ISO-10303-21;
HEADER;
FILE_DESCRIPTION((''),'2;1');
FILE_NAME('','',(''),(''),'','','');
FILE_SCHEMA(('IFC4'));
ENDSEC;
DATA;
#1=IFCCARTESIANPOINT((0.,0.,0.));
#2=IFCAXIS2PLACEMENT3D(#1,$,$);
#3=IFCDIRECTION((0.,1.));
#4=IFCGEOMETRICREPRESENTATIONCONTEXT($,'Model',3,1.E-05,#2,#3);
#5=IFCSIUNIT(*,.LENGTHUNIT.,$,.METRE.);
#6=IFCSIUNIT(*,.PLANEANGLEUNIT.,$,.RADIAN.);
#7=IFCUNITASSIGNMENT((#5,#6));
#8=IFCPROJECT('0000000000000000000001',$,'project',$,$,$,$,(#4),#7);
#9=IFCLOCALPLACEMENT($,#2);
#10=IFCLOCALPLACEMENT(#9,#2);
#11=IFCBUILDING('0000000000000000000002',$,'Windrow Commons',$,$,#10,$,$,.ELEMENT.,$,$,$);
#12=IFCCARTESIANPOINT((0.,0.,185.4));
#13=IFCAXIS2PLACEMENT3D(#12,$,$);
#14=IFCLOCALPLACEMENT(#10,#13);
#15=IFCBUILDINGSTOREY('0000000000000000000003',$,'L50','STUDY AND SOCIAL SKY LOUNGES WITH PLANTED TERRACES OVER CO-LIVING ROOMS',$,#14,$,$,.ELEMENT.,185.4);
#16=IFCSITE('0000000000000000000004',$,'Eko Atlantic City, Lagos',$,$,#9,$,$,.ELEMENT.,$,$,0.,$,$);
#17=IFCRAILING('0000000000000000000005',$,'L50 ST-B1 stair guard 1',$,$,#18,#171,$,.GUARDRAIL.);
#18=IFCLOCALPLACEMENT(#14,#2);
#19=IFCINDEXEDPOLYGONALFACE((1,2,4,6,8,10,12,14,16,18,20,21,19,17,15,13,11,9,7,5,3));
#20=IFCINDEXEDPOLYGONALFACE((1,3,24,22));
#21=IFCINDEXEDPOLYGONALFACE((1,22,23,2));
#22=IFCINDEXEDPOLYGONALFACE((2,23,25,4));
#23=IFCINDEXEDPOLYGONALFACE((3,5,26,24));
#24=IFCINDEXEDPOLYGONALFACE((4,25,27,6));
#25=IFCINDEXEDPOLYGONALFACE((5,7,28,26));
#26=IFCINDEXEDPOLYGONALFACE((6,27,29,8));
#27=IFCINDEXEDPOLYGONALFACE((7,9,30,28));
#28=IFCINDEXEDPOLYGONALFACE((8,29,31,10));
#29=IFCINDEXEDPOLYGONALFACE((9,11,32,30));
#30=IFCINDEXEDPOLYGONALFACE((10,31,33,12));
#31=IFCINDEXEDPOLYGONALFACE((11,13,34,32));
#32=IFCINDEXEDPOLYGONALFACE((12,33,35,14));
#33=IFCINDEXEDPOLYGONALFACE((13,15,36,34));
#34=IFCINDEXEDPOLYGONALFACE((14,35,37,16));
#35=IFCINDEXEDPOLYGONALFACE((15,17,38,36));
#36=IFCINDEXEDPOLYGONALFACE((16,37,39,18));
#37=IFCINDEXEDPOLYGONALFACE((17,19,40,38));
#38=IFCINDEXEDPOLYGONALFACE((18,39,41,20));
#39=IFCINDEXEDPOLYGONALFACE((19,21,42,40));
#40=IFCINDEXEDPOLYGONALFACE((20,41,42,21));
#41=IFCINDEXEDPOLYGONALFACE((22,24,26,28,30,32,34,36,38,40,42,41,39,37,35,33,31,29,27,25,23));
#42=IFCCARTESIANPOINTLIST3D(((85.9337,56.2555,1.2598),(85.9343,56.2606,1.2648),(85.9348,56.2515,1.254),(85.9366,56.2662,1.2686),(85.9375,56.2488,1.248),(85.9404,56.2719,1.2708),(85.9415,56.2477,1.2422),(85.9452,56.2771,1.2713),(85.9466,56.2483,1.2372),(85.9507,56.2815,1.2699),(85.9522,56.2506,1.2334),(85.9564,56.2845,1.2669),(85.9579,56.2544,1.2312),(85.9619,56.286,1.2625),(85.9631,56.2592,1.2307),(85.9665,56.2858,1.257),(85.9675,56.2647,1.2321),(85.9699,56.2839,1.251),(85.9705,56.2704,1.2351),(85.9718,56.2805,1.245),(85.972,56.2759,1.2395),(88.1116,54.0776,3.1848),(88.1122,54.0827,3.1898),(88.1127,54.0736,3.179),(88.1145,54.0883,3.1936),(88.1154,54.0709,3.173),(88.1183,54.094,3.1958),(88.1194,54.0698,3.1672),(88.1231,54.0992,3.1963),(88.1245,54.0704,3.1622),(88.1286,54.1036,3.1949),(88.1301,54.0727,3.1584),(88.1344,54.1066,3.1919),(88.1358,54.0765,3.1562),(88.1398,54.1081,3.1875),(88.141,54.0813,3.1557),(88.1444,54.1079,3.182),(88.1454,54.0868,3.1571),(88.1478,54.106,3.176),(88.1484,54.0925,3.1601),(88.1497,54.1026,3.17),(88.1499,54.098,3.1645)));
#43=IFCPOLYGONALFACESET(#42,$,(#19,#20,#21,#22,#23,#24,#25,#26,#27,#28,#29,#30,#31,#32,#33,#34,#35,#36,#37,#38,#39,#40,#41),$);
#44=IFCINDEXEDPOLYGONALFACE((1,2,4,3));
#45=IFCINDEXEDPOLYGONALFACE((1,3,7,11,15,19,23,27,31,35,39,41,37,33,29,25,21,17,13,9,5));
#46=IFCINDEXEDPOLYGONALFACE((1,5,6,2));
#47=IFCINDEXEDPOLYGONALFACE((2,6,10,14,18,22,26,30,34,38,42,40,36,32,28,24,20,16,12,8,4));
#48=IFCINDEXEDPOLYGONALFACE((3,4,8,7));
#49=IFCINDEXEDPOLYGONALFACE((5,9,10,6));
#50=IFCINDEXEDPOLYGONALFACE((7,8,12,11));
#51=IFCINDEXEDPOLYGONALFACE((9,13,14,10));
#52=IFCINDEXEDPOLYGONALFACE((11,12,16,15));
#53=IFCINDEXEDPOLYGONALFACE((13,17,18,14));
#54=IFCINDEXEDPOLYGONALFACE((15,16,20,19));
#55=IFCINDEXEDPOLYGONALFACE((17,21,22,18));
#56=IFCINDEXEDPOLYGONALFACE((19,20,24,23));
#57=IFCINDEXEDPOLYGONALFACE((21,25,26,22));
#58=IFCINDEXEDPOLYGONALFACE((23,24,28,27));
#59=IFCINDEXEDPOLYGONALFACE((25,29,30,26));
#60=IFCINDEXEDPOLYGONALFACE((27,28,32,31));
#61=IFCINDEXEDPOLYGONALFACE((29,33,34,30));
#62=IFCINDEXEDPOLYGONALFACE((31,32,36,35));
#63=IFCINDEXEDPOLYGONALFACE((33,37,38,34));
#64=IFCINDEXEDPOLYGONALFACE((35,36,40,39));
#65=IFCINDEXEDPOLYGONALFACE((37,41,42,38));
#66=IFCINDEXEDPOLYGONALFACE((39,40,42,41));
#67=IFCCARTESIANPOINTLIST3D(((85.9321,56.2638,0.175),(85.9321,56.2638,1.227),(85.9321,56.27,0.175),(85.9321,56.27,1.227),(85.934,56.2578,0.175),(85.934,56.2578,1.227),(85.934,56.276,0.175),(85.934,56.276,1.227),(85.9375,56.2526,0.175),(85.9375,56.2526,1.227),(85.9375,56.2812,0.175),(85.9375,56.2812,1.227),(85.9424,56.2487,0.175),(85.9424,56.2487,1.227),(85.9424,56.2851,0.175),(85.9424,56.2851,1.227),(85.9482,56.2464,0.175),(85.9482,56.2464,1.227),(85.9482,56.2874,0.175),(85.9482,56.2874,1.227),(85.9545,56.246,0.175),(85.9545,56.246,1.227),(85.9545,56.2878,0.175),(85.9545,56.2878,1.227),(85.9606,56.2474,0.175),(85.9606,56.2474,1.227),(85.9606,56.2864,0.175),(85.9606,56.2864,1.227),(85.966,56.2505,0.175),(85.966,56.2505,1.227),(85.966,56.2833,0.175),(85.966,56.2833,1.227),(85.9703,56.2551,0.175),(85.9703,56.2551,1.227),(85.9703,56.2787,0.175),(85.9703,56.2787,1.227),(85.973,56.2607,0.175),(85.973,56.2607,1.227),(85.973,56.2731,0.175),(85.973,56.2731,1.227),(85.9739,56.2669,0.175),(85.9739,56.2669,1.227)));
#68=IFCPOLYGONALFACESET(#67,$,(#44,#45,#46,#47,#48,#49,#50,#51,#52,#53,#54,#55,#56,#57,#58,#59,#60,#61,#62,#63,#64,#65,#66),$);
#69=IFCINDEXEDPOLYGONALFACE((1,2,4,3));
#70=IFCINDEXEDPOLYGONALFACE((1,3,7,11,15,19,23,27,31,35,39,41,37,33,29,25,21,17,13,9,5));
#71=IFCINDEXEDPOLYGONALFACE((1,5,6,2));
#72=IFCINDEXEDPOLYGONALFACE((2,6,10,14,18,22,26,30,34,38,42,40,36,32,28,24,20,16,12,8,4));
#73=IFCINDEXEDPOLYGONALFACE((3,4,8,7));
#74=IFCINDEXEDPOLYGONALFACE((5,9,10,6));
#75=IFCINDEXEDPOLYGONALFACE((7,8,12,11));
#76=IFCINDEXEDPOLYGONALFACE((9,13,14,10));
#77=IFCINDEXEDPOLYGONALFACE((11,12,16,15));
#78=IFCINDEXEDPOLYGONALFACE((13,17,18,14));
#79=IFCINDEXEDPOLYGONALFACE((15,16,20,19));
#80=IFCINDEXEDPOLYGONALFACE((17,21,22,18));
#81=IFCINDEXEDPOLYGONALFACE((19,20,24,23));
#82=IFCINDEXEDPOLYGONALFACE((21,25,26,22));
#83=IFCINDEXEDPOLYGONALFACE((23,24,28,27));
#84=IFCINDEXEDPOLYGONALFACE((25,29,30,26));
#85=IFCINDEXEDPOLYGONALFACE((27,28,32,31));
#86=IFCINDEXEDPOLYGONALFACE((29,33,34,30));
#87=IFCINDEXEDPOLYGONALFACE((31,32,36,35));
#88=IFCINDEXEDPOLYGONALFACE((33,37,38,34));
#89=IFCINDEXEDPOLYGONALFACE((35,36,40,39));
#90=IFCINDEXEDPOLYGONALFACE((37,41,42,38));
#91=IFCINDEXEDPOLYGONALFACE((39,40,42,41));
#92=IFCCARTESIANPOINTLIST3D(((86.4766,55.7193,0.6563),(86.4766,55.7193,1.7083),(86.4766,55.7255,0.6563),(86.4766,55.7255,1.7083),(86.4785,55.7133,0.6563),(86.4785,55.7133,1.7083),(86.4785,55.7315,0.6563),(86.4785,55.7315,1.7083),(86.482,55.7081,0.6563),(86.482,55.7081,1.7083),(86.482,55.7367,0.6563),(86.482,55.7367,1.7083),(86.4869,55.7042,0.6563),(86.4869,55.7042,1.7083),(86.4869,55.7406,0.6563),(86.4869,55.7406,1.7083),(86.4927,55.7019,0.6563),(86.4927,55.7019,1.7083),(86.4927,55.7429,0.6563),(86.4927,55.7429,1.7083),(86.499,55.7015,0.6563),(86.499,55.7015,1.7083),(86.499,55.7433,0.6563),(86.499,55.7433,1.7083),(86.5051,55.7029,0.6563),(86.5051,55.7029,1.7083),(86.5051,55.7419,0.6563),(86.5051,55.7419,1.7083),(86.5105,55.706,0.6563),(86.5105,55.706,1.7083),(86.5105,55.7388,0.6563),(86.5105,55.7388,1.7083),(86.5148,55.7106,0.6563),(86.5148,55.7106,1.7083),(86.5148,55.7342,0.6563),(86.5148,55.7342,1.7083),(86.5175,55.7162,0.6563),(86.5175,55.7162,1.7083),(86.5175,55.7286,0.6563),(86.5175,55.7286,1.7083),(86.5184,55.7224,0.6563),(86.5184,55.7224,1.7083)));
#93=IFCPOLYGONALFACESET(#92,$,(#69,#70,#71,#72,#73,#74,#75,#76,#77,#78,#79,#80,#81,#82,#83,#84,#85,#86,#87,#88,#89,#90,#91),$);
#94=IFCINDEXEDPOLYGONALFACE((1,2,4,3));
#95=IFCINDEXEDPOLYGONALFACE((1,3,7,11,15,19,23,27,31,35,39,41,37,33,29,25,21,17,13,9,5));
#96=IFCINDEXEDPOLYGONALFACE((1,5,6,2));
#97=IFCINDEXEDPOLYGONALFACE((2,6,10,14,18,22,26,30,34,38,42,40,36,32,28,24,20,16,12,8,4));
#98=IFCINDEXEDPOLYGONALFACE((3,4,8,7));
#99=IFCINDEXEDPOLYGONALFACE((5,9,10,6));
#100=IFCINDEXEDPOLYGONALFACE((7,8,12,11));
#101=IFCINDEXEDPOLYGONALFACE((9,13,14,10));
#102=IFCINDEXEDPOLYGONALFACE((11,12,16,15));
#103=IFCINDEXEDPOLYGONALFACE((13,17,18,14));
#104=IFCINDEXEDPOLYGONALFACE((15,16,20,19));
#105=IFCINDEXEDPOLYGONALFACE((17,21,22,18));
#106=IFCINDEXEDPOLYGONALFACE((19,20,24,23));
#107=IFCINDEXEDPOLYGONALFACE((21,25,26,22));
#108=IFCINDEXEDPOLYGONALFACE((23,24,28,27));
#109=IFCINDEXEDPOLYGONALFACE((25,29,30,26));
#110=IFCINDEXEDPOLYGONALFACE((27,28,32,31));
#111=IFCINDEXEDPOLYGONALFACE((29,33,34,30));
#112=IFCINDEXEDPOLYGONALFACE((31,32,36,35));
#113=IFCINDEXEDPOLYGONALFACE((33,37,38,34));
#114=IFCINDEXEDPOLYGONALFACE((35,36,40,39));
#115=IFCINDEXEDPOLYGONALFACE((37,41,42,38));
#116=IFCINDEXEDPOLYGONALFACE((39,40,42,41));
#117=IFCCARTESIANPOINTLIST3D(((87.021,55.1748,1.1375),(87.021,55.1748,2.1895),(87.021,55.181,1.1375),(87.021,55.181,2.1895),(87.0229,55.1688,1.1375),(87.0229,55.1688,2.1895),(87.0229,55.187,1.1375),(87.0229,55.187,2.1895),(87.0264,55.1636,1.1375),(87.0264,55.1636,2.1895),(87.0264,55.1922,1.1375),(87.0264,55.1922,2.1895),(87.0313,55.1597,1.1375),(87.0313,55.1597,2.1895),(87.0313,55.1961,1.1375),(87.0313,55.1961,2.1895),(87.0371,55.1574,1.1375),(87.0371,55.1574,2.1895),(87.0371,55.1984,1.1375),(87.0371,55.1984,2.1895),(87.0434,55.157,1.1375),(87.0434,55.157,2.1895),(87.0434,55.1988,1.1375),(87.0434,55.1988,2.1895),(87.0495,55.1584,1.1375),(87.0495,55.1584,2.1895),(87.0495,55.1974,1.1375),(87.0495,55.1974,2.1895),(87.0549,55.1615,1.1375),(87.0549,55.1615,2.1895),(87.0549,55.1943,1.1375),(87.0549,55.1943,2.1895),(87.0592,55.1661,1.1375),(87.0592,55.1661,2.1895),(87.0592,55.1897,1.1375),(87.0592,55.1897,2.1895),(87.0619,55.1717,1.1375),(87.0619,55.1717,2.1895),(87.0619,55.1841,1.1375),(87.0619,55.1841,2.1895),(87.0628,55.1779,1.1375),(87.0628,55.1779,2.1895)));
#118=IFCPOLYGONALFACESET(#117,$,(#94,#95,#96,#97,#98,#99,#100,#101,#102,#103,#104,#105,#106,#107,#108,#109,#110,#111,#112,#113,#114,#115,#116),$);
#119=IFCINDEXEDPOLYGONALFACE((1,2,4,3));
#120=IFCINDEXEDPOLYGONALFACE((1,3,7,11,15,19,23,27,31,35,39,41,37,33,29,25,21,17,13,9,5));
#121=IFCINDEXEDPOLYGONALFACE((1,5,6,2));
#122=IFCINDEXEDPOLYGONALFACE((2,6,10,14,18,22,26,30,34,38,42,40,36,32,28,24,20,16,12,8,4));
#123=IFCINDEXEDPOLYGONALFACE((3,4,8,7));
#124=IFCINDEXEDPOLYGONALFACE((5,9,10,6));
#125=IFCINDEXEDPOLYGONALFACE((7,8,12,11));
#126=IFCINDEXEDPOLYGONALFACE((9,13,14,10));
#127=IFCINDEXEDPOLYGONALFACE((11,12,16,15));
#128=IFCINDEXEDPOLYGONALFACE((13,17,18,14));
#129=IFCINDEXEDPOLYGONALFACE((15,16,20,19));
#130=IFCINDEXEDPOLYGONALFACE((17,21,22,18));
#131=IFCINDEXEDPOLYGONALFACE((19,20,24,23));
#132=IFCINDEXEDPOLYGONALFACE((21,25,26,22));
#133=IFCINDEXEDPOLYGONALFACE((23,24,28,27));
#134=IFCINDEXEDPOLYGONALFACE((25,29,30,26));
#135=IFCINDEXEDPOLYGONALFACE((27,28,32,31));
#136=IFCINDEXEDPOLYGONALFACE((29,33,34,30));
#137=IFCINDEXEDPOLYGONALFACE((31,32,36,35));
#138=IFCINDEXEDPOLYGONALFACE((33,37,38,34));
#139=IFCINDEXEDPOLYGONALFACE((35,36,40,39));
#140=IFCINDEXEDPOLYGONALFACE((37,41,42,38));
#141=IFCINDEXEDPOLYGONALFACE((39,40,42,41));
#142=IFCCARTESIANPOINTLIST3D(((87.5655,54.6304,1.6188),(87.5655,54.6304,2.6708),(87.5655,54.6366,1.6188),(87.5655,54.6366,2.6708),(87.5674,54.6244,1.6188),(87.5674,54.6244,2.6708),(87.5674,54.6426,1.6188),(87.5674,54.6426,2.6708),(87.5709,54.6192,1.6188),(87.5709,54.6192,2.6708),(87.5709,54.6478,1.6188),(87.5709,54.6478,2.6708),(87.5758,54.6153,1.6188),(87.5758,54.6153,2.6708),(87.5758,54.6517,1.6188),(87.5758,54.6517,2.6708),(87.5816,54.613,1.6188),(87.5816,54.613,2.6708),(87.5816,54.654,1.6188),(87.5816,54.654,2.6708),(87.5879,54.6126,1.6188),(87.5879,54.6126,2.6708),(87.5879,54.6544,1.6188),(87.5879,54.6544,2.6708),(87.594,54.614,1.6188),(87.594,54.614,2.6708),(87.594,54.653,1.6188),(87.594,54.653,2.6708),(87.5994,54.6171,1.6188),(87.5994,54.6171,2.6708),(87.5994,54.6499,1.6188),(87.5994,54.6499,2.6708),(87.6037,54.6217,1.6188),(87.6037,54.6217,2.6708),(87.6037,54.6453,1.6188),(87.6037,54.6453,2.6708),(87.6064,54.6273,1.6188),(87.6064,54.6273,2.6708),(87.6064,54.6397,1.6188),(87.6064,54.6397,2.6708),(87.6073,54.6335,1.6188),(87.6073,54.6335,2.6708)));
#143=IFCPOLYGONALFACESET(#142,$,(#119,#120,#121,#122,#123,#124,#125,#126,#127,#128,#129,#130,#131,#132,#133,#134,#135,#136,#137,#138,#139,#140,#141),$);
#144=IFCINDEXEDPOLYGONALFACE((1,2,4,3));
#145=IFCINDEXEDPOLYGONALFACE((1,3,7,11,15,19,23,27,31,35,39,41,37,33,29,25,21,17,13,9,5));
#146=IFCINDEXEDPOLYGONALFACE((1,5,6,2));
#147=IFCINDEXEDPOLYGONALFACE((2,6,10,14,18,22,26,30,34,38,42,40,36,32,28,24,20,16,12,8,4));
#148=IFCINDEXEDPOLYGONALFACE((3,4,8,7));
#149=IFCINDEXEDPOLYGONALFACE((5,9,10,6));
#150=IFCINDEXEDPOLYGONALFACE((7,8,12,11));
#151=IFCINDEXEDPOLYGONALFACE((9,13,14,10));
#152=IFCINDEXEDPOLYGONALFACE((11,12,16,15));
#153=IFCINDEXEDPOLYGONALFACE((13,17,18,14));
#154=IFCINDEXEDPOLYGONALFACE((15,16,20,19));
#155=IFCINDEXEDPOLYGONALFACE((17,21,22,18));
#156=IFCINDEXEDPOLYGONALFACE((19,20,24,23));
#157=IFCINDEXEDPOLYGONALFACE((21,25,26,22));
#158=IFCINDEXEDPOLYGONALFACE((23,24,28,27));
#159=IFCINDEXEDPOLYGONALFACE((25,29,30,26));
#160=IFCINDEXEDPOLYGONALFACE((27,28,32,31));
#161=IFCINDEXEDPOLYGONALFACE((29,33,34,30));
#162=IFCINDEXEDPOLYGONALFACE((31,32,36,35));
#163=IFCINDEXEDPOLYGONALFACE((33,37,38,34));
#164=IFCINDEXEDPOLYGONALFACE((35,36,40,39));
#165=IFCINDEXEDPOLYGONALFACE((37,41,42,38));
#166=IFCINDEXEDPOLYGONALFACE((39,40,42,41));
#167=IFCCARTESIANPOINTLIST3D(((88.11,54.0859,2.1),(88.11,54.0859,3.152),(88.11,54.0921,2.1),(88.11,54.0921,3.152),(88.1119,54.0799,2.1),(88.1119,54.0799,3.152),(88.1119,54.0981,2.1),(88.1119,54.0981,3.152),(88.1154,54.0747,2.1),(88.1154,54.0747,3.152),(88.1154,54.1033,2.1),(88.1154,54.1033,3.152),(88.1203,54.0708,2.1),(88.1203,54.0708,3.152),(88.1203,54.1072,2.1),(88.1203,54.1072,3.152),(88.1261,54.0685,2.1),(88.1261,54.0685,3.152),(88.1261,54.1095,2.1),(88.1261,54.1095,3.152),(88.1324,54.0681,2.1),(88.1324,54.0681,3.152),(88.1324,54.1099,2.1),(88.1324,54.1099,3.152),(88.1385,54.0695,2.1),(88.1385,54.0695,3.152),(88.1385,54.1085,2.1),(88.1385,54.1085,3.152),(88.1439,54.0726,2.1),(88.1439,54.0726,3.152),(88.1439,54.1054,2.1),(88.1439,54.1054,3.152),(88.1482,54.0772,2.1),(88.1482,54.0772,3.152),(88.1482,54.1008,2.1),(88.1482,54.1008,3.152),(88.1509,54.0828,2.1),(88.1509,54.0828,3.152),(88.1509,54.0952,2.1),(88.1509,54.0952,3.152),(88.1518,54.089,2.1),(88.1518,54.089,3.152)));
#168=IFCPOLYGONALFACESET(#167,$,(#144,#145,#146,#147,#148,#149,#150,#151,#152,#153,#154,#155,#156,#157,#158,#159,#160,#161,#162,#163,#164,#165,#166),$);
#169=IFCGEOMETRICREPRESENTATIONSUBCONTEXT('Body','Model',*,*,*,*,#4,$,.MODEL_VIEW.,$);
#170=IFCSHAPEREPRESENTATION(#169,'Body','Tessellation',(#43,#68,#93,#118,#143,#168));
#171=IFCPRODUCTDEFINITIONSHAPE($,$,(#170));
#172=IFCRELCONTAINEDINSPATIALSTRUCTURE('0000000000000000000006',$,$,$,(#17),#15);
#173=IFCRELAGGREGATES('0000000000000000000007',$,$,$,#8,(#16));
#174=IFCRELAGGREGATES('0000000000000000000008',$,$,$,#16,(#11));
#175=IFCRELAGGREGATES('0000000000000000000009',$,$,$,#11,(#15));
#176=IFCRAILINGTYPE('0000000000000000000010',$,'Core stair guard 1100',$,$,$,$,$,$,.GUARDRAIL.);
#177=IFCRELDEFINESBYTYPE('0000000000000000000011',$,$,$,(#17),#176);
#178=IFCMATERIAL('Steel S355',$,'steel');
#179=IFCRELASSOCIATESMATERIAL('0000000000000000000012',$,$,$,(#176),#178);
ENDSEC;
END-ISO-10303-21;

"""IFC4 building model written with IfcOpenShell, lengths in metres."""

from ifc_helpers import new_model, si_unit, direction, frame, origin, origin_2d, place, context, subcontext, project, spatial, circle, extrude, material, type_object, element, save


model = new_model("IFC4")

# Units and contexts
model_context = context("Model", 3, precision=1e-05, world=origin(), true_north=direction((0.0, 1.0)))
body_context = subcontext(model_context, "Body", "Model", "MODEL_VIEW")
ifc_project = project(units=[si_unit("LENGTHUNIT", "METRE"), si_unit("PLANEANGLEUNIT", "RADIAN")], contexts=[model_context])

# Site, building, storey
site_placement = place(None, origin())
site = spatial("IfcSite", under=ifc_project, at=site_placement, Name="Eko Atlantic City, Lagos", CompositionType="ELEMENT", RefElevation=0.0)
building_placement = place(site_placement, origin())
building = spatial("IfcBuilding", under=site, at=building_placement, Name="Windrow Commons", CompositionType="ELEMENT")
storey_placement = place(building_placement, frame((0.0, 0.0, 185.4)))
storey = spatial("IfcBuildingStorey", under=building, at=storey_placement, Name="L50", Description="STUDY AND SOCIAL SKY LOUNGES WITH PLANTED TERRACES OVER CO-LIVING ROOMS", CompositionType="ELEMENT", Elevation=185.4)

# Railing
ifc_material_1 = material(Name="Steel S355", Category="steel")
railing_type_1 = type_object("IfcRailingType", Name="Core stair guard 1100", PredefinedType="GUARDRAIL", material=ifc_material_1)
railing_1_placement = place(storey_placement, frame((85.9529, 56.2669, 0.175)))
element("IfcRailing", 1, at=railing_1_placement, inside=storey, type_object=railing_type_1, Name="L50 ST-B1 stair guard 1", PredefinedType="GUARDRAIL", context=body_context, shape_type="SweptSolid", body=[
    extrude(circle(Radius=0.024, at=origin_2d()), frame((0.0, 0.0, 1.076), z_axis=(0.599626, -0.599626, 0.529997), x_axis=(0.707107, 0.707107, 0.0)), (0.0, 0.0, 1.0), 3.6321),
    extrude(circle(Radius=0.021, at=origin_2d()), origin(), (0.0, 0.0, 1.0), 1.052),
    extrude(circle(Radius=0.021, at=origin_2d()), frame((0.5445, -0.5445, 0.4813)), (0.0, 0.0, 1.0), 1.052),
    extrude(circle(Radius=0.021, at=origin_2d()), frame((1.0889, -1.089, 0.9625)), (0.0, 0.0, 1.0), 1.052),
    extrude(circle(Radius=0.021, at=origin_2d()), frame((1.6334, -1.6334, 1.4438)), (0.0, 0.0, 1.0), 1.052),
    extrude(circle(Radius=0.021, at=origin_2d()), frame((2.1779, -2.1779, 1.925)), (0.0, 0.0, 1.0), 1.052),
])

save(model, "model.ifc")
